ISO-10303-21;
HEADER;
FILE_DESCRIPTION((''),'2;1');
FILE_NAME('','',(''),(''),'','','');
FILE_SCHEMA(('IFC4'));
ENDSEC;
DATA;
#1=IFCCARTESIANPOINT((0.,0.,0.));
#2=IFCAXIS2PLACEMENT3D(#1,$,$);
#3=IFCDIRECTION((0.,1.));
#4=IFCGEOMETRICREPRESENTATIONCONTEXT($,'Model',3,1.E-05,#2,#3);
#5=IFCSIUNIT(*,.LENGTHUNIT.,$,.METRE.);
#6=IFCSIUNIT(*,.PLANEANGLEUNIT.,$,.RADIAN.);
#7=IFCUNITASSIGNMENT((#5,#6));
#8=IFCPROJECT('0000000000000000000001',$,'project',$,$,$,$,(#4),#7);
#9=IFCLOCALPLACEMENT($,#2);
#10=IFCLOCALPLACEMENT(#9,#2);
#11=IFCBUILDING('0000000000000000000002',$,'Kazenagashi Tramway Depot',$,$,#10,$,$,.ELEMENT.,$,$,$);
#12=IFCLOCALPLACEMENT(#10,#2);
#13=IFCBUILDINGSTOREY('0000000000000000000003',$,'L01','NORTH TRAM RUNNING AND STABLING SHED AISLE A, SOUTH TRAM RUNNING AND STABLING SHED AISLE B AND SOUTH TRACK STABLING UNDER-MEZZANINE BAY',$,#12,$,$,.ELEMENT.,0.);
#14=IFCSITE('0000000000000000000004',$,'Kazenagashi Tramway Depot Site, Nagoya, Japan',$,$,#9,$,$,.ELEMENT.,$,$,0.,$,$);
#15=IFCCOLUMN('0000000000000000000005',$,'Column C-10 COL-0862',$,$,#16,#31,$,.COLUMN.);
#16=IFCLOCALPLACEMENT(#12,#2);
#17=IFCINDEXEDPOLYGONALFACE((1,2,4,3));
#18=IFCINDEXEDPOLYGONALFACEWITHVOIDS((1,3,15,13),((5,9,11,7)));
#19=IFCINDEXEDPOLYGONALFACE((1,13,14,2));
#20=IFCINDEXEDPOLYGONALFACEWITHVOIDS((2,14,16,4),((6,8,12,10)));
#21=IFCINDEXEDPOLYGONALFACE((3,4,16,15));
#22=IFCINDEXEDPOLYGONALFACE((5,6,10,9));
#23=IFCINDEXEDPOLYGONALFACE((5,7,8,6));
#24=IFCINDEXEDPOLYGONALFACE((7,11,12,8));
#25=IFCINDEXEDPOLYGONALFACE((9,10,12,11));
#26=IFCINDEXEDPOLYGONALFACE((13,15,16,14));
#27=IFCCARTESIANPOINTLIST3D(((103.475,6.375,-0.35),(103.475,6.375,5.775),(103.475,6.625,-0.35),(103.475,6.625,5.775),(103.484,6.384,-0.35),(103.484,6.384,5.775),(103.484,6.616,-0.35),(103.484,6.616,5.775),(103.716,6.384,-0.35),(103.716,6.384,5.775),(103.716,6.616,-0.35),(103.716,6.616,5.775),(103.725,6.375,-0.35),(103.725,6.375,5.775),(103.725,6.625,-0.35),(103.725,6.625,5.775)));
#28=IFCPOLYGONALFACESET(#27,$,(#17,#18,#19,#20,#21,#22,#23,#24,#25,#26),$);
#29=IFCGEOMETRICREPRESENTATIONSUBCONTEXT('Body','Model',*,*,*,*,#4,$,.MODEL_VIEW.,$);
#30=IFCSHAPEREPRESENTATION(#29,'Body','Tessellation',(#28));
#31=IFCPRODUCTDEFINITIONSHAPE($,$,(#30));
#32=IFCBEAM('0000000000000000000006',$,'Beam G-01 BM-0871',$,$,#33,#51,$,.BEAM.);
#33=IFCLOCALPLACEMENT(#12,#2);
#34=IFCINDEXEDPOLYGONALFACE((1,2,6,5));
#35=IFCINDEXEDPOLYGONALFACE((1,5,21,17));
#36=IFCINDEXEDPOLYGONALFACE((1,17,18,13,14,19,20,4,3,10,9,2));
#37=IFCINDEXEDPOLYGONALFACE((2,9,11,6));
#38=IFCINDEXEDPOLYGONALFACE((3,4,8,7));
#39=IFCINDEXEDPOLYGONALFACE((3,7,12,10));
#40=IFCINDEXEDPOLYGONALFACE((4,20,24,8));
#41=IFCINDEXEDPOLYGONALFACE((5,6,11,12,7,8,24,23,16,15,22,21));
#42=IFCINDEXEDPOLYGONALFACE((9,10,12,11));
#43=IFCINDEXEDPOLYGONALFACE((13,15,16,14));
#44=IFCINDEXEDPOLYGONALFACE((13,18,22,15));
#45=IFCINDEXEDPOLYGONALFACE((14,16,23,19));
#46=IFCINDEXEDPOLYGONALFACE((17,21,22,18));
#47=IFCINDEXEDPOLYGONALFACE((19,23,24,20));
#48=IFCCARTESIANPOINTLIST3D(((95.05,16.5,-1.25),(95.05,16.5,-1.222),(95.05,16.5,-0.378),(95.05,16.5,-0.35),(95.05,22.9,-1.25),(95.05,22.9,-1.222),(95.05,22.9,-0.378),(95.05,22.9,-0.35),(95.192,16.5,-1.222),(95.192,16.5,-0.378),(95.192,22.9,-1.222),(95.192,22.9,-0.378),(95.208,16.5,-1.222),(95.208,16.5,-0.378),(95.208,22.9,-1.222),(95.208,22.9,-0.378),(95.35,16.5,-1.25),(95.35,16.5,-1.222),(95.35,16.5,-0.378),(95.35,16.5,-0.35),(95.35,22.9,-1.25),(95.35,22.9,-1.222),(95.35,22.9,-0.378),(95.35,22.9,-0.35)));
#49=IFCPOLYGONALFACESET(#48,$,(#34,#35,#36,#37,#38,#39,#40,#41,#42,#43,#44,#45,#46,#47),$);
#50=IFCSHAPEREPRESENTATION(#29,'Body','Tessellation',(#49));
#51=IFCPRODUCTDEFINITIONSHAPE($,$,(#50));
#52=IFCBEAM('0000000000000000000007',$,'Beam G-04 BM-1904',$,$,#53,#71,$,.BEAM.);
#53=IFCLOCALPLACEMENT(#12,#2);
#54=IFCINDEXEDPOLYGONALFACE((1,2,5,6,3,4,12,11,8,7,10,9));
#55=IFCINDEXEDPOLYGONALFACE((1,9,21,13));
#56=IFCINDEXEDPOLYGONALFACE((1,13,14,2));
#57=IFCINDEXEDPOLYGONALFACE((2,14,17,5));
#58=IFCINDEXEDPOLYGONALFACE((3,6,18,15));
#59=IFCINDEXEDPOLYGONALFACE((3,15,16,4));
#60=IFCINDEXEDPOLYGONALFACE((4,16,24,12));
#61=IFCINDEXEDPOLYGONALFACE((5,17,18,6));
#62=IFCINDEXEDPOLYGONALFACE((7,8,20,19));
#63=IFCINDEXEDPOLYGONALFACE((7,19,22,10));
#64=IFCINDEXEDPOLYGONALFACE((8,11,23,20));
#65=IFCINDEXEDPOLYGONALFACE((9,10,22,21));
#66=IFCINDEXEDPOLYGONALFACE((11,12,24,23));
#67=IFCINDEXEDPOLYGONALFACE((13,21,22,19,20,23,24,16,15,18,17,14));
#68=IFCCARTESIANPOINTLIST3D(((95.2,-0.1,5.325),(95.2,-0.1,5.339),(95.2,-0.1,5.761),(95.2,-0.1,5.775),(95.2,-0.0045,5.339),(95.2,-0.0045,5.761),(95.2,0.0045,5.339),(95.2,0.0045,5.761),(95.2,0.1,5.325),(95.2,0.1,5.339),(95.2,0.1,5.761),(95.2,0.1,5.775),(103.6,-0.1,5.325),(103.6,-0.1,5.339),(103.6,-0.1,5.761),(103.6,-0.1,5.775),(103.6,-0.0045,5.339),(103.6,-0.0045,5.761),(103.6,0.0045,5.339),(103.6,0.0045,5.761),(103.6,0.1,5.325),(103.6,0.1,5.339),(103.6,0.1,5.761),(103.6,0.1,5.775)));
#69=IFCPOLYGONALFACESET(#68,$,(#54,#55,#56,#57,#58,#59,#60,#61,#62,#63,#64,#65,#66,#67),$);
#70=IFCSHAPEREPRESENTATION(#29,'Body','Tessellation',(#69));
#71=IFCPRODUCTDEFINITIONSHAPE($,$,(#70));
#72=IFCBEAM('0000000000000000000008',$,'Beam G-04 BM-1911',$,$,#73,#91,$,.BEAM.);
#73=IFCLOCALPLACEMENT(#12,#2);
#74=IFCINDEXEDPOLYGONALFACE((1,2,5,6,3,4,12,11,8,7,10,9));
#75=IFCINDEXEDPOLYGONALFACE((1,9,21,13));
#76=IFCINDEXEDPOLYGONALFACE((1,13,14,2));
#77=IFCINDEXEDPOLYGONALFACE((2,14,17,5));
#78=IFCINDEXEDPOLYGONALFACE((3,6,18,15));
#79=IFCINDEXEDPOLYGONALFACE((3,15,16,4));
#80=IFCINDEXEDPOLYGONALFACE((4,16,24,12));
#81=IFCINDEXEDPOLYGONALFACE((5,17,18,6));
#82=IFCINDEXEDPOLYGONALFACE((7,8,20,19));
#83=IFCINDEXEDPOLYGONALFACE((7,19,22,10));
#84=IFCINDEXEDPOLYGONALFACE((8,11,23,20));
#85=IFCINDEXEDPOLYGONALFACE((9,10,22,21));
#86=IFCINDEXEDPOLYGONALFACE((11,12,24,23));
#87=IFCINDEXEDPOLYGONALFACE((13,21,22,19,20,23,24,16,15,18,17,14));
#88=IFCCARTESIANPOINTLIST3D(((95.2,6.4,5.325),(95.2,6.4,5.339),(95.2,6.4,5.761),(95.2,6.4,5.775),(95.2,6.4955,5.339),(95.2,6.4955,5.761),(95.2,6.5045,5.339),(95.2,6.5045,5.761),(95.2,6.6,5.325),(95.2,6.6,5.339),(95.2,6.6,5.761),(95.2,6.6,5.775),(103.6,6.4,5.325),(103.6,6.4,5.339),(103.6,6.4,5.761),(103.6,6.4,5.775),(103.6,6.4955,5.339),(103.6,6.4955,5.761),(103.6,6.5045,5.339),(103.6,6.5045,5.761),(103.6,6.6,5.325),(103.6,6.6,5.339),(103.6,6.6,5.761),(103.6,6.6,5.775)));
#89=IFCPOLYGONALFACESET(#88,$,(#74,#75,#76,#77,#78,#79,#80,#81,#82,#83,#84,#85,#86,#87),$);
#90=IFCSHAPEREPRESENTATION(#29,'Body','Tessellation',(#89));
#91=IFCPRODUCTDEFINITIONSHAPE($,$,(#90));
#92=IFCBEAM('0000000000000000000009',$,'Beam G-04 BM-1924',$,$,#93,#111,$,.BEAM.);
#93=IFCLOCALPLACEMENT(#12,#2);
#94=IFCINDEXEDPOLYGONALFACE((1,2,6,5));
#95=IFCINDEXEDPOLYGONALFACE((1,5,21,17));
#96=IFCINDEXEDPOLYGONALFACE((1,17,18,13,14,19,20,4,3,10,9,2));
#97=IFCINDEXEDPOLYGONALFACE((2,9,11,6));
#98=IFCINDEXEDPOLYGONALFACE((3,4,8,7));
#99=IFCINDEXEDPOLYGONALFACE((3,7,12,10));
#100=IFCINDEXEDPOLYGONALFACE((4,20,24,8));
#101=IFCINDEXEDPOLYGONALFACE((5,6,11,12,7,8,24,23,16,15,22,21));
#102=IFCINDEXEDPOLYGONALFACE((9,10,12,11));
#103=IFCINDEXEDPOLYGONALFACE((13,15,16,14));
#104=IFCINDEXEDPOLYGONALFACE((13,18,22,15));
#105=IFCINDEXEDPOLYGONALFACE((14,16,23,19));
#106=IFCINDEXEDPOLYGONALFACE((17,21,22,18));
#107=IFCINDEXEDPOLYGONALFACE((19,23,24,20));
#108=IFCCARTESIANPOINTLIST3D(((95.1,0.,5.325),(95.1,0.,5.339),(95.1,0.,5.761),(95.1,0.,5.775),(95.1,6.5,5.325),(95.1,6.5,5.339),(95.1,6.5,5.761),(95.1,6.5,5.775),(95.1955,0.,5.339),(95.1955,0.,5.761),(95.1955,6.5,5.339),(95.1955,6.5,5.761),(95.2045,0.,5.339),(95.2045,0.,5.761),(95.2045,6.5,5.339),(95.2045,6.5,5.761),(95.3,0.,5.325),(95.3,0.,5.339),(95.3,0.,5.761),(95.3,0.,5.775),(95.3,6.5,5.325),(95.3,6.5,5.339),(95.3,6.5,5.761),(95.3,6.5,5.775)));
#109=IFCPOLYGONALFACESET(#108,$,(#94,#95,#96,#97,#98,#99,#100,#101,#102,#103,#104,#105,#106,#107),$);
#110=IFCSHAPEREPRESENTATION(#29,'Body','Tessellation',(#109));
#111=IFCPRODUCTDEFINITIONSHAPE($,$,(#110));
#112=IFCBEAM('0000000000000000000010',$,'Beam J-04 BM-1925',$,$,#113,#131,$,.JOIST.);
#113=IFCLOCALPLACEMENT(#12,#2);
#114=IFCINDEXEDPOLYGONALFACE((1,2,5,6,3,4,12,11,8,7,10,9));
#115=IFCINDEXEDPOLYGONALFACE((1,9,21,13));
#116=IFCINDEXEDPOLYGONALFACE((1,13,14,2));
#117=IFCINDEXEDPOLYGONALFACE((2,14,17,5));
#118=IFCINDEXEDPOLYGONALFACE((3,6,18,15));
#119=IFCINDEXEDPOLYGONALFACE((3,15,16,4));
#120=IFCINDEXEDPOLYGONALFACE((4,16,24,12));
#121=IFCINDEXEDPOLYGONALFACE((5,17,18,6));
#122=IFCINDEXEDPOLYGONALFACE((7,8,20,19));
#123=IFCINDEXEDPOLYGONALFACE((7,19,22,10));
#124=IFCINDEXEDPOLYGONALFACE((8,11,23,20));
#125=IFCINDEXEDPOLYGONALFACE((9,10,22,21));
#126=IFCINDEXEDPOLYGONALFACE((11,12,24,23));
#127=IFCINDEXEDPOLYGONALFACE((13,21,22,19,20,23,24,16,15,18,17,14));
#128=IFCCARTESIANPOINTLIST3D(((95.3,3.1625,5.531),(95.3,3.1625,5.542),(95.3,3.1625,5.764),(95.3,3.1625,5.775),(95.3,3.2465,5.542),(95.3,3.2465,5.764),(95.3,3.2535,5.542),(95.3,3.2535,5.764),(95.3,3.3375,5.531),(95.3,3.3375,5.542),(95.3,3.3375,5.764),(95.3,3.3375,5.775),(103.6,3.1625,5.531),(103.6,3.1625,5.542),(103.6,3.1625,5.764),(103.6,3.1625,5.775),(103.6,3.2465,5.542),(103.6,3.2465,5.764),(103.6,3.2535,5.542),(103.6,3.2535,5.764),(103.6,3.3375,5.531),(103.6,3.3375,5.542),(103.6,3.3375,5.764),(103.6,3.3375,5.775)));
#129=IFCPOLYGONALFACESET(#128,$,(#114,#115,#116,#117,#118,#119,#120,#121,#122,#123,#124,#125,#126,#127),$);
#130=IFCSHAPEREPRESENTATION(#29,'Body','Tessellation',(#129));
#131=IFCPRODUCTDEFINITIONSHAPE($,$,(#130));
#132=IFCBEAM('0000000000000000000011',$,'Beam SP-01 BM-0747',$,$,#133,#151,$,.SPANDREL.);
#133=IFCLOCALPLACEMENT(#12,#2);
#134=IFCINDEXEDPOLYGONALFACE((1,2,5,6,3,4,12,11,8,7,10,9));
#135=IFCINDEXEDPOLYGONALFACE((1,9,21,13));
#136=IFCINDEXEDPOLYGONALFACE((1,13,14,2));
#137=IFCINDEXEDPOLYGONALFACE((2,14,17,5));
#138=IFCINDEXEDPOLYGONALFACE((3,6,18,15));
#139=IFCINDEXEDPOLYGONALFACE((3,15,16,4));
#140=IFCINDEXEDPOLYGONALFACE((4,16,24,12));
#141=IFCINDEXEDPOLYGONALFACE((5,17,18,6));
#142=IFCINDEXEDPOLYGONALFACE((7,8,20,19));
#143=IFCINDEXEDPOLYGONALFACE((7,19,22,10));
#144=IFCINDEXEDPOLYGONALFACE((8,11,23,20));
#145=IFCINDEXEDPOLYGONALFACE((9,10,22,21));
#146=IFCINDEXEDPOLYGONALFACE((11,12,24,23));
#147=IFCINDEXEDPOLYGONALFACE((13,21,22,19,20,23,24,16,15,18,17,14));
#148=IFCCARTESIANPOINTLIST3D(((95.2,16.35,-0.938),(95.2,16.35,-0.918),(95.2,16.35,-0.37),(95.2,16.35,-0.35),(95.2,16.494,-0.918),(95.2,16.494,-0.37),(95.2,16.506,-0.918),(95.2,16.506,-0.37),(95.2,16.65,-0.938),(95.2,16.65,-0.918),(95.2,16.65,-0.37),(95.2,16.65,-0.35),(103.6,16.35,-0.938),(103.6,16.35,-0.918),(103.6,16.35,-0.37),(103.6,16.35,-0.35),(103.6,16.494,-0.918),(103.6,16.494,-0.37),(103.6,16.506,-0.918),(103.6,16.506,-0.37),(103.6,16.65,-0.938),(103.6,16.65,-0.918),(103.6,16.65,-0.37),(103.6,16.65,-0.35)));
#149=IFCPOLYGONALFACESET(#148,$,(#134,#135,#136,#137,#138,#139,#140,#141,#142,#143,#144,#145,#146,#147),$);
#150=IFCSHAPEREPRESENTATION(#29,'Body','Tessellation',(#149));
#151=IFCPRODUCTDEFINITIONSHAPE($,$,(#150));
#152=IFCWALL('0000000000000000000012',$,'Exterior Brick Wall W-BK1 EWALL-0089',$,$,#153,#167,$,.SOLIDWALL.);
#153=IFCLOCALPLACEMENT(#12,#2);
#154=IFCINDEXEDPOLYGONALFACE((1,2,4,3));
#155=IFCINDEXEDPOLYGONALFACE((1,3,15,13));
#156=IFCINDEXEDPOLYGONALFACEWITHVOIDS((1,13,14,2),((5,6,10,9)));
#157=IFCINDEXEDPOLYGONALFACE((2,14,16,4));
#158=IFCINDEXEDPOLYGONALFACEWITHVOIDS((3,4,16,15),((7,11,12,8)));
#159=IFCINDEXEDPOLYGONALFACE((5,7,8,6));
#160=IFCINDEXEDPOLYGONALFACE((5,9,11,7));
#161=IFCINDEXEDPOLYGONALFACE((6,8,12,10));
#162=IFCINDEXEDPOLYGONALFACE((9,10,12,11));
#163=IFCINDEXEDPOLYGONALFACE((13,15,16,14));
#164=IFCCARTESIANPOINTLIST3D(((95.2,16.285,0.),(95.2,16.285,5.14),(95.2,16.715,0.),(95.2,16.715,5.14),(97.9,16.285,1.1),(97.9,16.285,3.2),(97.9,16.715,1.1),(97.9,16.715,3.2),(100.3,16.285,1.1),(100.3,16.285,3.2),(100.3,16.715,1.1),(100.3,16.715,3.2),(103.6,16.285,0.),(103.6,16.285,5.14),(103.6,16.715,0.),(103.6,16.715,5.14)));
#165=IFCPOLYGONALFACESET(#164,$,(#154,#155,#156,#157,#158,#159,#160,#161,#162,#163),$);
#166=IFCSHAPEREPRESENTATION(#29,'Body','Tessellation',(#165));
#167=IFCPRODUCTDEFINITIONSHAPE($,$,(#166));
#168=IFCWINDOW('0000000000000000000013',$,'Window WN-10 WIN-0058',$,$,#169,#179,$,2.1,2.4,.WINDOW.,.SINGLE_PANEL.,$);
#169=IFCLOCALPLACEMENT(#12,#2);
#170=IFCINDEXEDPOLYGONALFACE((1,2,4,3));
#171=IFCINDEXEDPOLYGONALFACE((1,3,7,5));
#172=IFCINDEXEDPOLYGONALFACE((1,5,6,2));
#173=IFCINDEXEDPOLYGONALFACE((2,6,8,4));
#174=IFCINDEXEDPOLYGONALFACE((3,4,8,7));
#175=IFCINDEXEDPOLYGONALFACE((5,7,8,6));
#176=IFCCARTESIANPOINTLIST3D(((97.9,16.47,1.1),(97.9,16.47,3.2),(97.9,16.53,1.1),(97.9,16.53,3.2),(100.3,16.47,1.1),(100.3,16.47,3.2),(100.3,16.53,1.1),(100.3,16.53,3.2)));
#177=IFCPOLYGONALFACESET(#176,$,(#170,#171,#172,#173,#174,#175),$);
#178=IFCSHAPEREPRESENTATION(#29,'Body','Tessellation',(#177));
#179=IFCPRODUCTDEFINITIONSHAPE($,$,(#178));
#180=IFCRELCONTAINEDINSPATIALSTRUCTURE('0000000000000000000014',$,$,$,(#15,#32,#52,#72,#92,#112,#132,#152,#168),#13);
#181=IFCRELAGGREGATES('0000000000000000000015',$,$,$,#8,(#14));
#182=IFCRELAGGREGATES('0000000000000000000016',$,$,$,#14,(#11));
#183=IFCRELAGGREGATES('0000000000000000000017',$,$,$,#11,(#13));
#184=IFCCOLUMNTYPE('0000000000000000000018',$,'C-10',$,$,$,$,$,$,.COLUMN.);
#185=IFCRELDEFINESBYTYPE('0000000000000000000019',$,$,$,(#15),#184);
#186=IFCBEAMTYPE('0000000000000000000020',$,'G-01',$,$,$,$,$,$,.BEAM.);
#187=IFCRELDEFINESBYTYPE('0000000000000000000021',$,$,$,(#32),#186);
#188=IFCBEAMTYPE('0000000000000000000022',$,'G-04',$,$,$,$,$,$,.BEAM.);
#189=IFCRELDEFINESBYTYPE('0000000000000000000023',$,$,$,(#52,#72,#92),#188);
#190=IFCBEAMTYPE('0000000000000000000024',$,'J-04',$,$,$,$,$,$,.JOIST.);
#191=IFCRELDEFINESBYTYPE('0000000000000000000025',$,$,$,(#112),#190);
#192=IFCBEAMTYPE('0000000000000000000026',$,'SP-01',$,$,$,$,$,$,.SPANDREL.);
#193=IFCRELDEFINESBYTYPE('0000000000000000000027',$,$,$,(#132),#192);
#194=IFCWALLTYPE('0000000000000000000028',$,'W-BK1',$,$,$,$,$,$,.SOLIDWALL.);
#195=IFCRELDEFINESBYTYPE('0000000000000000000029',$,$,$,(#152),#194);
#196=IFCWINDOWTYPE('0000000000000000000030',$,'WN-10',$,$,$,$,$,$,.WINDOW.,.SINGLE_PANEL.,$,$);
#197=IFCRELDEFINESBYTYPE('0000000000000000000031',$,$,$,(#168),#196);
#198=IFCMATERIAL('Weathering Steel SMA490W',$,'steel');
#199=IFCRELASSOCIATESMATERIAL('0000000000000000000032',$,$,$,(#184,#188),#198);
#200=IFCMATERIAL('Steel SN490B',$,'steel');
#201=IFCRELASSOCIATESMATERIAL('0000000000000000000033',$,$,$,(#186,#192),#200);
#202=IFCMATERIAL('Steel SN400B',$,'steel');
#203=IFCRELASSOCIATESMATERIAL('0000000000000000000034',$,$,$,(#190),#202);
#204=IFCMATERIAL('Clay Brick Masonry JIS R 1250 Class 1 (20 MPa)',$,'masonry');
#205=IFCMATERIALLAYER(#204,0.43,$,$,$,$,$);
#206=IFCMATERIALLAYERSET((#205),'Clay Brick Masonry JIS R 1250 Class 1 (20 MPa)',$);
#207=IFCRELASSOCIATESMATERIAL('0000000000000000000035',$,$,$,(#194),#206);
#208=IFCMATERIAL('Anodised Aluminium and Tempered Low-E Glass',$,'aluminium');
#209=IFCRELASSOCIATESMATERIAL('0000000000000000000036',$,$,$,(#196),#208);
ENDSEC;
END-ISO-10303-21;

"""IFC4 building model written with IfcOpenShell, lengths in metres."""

from ifc_helpers import new_model, si_unit, direction, frame, frame_2d, origin, origin_2d, place, context, subcontext, project, spatial, rectangle, hollow_rectangle, i_section, extrude, material, layer, layer_set, material_profile, profile_set, type_object, element, fill, save


model = new_model("IFC4")

# Units and contexts
model_context = context("Model", 3, precision=1e-05, world=origin(), true_north=direction((0.0, 1.0)))
body_context = subcontext(model_context, "Body", "Model", "MODEL_VIEW")
ifc_project = project(units=[si_unit("LENGTHUNIT", "METRE"), si_unit("PLANEANGLEUNIT", "RADIAN")], contexts=[model_context])

# Site, building, storey
site_placement = place(None, origin())
site = spatial("IfcSite", under=ifc_project, at=site_placement, Name="Kazenagashi Tramway Depot Site, Nagoya, Japan", CompositionType="ELEMENT", RefElevation=0.0)
building_placement = place(site_placement, origin())
building = spatial("IfcBuilding", under=site, at=building_placement, Name="Kazenagashi Tramway Depot", CompositionType="ELEMENT")
storey_placement = place(building_placement, origin())
storey = spatial("IfcBuildingStorey", under=building, at=storey_placement, Name="L01", Description="NORTH TRAM RUNNING AND STABLING SHED AISLE A, SOUTH TRAM RUNNING AND STABLING SHED AISLE B AND SOUTH TRACK STABLING UNDER-MEZZANINE BAY", CompositionType="ELEMENT", Elevation=0.0)

# Column
ifc_material_1 = material(Name="Steel SN490B", Category="steel")
ifc_material_2 = material(Name="Weathering Steel SMA490W", Category="steel")
ifc_material_profile_1 = material_profile(ifc_material_2, hollow_rectangle(XDim=0.25, YDim=0.25, WallThickness=0.009, at=origin_2d()), Name="SHS-250x250x9")
ifc_profile_set_1 = profile_set([ifc_material_profile_1], Name="Weathering Steel SMA490W")
column_type_1 = type_object("IfcColumnType", Name="C-10", PredefinedType="COLUMN", material=ifc_profile_set_1)
column_1_placement = place(storey_placement, frame((103.6, 6.5, -0.35), z_axis=(0.0, 0.0, 1.0), x_axis=(1.0, 0.0, 0.0)))
element("IfcColumn", 1, at=column_1_placement, inside=storey, type_object=column_type_1, Name="Column C-10 COL-0862", PredefinedType="COLUMN", context=body_context, shape_type="SweptSolid", body=[
    extrude(hollow_rectangle(XDim=0.25, YDim=0.25, WallThickness=0.009, at=origin_2d()), origin(), (0.0, 0.0, 1.0), 6.125),
])

# Beams
ifc_material_profile_2 = material_profile(ifc_material_1, i_section(OverallWidth=0.3, OverallDepth=0.9, WebThickness=0.016, FlangeThickness=0.028, at=origin_2d()), Name="H-900x300x16x28")
ifc_profile_set_2 = profile_set([ifc_material_profile_2], Name="Steel SN490B")
beam_type_1 = type_object("IfcBeamType", Name="G-01", PredefinedType="BEAM", material=ifc_profile_set_2)
beam_1_placement = place(storey_placement, frame((95.2, 16.5, -0.8), z_axis=(0.0, 1.0, 0.0), x_axis=(-1.0, 0.0, 0.0)))
element("IfcBeam", 2, at=beam_1_placement, inside=storey, type_object=beam_type_1, Name="Beam G-01 BM-0871", PredefinedType="BEAM", context=body_context, shape_type="SweptSolid", body=[
    extrude(i_section(OverallWidth=0.3, OverallDepth=0.9, WebThickness=0.016, FlangeThickness=0.028, at=origin_2d()), origin(), (0.0, 0.0, 1.0), 6.4),
])
ifc_material_profile_3 = material_profile(ifc_material_2, i_section(OverallWidth=0.2, OverallDepth=0.45, WebThickness=0.009, FlangeThickness=0.014, at=origin_2d()), Name="H-450x200x9x14")
ifc_profile_set_3 = profile_set([ifc_material_profile_3], Name="Weathering Steel SMA490W")
beam_type_2 = type_object("IfcBeamType", Name="G-04", PredefinedType="BEAM", material=ifc_profile_set_3)
for number, where, z_axis, x_axis, name in (
    (3, (95.2, 0.0, 5.55), (1.0, 0.0, 0.0), (0.0, 1.0, 0.0), "Beam G-04 BM-1904"),
    (4, (95.2, 6.5, 5.55), (1.0, 0.0, 0.0), (0.0, 1.0, 0.0), "Beam G-04 BM-1911"),
):
    element("IfcBeam", number, at=place(storey_placement, frame(where, z_axis=z_axis, x_axis=x_axis)), inside=storey, type_object=beam_type_2, Name=name, PredefinedType="BEAM", context=body_context, shape_type="SweptSolid", body=[
        extrude(i_section(OverallWidth=0.2, OverallDepth=0.45, WebThickness=0.009, FlangeThickness=0.014, at=origin_2d()), origin(), (0.0, 0.0, 1.0), 8.4),
    ])
beam_2_placement = place(storey_placement, frame((95.2, 0.0, 5.55), z_axis=(0.0, 1.0, 0.0), x_axis=(-1.0, 0.0, 0.0)))
element("IfcBeam", 5, at=beam_2_placement, inside=storey, type_object=beam_type_2, Name="Beam G-04 BM-1924", PredefinedType="BEAM", context=body_context, shape_type="SweptSolid", body=[
    extrude(i_section(OverallWidth=0.2, OverallDepth=0.45, WebThickness=0.009, FlangeThickness=0.014, at=origin_2d()), origin(), (0.0, 0.0, 1.0), 6.5),
])
ifc_material_3 = material(Name="Steel SN400B", Category="steel")
ifc_material_profile_4 = material_profile(ifc_material_3, i_section(OverallWidth=0.175, OverallDepth=0.244, WebThickness=0.007, FlangeThickness=0.011, at=origin_2d()), Name="H-244x175x7x11")
ifc_profile_set_4 = profile_set([ifc_material_profile_4], Name="Steel SN400B")
beam_type_3 = type_object("IfcBeamType", Name="J-04", PredefinedType="JOIST", material=ifc_profile_set_4)
beam_3_placement = place(storey_placement, frame((95.3, 3.25, 5.653), z_axis=(1.0, 0.0, 0.0), x_axis=(0.0, 1.0, 0.0)))
element("IfcBeam", 6, at=beam_3_placement, inside=storey, type_object=beam_type_3, Name="Beam J-04 BM-1925", PredefinedType="JOIST", context=body_context, shape_type="SweptSolid", body=[
    extrude(i_section(OverallWidth=0.175, OverallDepth=0.244, WebThickness=0.007, FlangeThickness=0.011, at=origin_2d()), origin(), (0.0, 0.0, 1.0), 8.3),
])
ifc_material_profile_5 = material_profile(ifc_material_1, i_section(OverallWidth=0.3, OverallDepth=0.588, WebThickness=0.012, FlangeThickness=0.02, at=origin_2d()), Name="H-588x300x12x20")
ifc_profile_set_5 = profile_set([ifc_material_profile_5], Name="Steel SN490B")
beam_type_4 = type_object("IfcBeamType", Name="SP-01", PredefinedType="SPANDREL", material=ifc_profile_set_5)
beam_4_placement = place(storey_placement, frame((95.2, 16.5, -0.644), z_axis=(1.0, 0.0, 0.0), x_axis=(0.0, 1.0, 0.0)))
element("IfcBeam", 7, at=beam_4_placement, inside=storey, type_object=beam_type_4, Name="Beam SP-01 BM-0747", PredefinedType="SPANDREL", context=body_context, shape_type="SweptSolid", body=[
    extrude(i_section(OverallWidth=0.3, OverallDepth=0.588, WebThickness=0.012, FlangeThickness=0.02, at=origin_2d()), origin(), (0.0, 0.0, 1.0), 8.4),
])

# Wall, opening, window
ifc_material_4 = material(Name="Clay Brick Masonry JIS R 1250 Class 1 (20 MPa)", Category="masonry")
ifc_layer_1 = layer(ifc_material_4, 0.43)
ifc_layer_set_1 = layer_set([ifc_layer_1], Name="Clay Brick Masonry JIS R 1250 Class 1 (20 MPa)")
wall_type_1 = type_object("IfcWallType", Name="W-BK1", PredefinedType="SOLIDWALL", material=ifc_layer_set_1)
wall_1_placement = place(storey_placement, frame((95.2, 16.5, 0.0), z_axis=(0.0, 0.0, 1.0), x_axis=(1.0, 0.0, 0.0)))
wall_1 = element("IfcWall", 8, at=wall_1_placement, inside=storey, type_object=wall_type_1, Name="Exterior Brick Wall W-BK1 EWALL-0089", PredefinedType="SOLIDWALL", context=body_context, shape_type="SweptSolid", body=[
    extrude(rectangle(XDim=8.4, YDim=0.43, at=frame_2d((4.2, 0.0))), origin(), (0.0, 0.0, 1.0), 5.14),
])
opening_placement = place(wall_1_placement, frame((2.7, 0.0, 1.1)))
opening = element("IfcOpeningElement", 9, at=opening_placement, cuts=wall_1, PredefinedType="OPENING", context=body_context, shape_type="SweptSolid", body=[
    extrude(rectangle(XDim=2.4, YDim=2.1, at=frame_2d((1.2, 1.05))), frame((0.0, 0.225, 0.0), z_axis=(0.0, -1.0, 0.0), x_axis=(1.0, 0.0, 0.0)), (0.0, 0.0, 1.0), 0.45),
])
ifc_material_5 = material(Name="Anodised Aluminium and Tempered Low-E Glass", Category="aluminium")
window_type = type_object("IfcWindowType", Name="WN-10", PartitioningType="SINGLE_PANEL", PredefinedType="WINDOW", material=ifc_material_5)
window_placement = place(opening_placement, origin())
window = element("IfcWindow", 10, at=window_placement, inside=storey, type_object=window_type, Name="Window WN-10 WIN-0058", OverallHeight=2.1, OverallWidth=2.4, PartitioningType="SINGLE_PANEL", PredefinedType="WINDOW", context=body_context, shape_type="SweptSolid", body=[
    extrude(rectangle(XDim=2.4, YDim=2.1, at=frame_2d((1.2, 1.05))), frame((0.0, 0.03, 0.0), z_axis=(0.0, -1.0, 0.0), x_axis=(1.0, 0.0, 0.0)), (0.0, 0.0, 1.0), 0.06),
])
fill(opening, window)

save(model, "model.ifc")
